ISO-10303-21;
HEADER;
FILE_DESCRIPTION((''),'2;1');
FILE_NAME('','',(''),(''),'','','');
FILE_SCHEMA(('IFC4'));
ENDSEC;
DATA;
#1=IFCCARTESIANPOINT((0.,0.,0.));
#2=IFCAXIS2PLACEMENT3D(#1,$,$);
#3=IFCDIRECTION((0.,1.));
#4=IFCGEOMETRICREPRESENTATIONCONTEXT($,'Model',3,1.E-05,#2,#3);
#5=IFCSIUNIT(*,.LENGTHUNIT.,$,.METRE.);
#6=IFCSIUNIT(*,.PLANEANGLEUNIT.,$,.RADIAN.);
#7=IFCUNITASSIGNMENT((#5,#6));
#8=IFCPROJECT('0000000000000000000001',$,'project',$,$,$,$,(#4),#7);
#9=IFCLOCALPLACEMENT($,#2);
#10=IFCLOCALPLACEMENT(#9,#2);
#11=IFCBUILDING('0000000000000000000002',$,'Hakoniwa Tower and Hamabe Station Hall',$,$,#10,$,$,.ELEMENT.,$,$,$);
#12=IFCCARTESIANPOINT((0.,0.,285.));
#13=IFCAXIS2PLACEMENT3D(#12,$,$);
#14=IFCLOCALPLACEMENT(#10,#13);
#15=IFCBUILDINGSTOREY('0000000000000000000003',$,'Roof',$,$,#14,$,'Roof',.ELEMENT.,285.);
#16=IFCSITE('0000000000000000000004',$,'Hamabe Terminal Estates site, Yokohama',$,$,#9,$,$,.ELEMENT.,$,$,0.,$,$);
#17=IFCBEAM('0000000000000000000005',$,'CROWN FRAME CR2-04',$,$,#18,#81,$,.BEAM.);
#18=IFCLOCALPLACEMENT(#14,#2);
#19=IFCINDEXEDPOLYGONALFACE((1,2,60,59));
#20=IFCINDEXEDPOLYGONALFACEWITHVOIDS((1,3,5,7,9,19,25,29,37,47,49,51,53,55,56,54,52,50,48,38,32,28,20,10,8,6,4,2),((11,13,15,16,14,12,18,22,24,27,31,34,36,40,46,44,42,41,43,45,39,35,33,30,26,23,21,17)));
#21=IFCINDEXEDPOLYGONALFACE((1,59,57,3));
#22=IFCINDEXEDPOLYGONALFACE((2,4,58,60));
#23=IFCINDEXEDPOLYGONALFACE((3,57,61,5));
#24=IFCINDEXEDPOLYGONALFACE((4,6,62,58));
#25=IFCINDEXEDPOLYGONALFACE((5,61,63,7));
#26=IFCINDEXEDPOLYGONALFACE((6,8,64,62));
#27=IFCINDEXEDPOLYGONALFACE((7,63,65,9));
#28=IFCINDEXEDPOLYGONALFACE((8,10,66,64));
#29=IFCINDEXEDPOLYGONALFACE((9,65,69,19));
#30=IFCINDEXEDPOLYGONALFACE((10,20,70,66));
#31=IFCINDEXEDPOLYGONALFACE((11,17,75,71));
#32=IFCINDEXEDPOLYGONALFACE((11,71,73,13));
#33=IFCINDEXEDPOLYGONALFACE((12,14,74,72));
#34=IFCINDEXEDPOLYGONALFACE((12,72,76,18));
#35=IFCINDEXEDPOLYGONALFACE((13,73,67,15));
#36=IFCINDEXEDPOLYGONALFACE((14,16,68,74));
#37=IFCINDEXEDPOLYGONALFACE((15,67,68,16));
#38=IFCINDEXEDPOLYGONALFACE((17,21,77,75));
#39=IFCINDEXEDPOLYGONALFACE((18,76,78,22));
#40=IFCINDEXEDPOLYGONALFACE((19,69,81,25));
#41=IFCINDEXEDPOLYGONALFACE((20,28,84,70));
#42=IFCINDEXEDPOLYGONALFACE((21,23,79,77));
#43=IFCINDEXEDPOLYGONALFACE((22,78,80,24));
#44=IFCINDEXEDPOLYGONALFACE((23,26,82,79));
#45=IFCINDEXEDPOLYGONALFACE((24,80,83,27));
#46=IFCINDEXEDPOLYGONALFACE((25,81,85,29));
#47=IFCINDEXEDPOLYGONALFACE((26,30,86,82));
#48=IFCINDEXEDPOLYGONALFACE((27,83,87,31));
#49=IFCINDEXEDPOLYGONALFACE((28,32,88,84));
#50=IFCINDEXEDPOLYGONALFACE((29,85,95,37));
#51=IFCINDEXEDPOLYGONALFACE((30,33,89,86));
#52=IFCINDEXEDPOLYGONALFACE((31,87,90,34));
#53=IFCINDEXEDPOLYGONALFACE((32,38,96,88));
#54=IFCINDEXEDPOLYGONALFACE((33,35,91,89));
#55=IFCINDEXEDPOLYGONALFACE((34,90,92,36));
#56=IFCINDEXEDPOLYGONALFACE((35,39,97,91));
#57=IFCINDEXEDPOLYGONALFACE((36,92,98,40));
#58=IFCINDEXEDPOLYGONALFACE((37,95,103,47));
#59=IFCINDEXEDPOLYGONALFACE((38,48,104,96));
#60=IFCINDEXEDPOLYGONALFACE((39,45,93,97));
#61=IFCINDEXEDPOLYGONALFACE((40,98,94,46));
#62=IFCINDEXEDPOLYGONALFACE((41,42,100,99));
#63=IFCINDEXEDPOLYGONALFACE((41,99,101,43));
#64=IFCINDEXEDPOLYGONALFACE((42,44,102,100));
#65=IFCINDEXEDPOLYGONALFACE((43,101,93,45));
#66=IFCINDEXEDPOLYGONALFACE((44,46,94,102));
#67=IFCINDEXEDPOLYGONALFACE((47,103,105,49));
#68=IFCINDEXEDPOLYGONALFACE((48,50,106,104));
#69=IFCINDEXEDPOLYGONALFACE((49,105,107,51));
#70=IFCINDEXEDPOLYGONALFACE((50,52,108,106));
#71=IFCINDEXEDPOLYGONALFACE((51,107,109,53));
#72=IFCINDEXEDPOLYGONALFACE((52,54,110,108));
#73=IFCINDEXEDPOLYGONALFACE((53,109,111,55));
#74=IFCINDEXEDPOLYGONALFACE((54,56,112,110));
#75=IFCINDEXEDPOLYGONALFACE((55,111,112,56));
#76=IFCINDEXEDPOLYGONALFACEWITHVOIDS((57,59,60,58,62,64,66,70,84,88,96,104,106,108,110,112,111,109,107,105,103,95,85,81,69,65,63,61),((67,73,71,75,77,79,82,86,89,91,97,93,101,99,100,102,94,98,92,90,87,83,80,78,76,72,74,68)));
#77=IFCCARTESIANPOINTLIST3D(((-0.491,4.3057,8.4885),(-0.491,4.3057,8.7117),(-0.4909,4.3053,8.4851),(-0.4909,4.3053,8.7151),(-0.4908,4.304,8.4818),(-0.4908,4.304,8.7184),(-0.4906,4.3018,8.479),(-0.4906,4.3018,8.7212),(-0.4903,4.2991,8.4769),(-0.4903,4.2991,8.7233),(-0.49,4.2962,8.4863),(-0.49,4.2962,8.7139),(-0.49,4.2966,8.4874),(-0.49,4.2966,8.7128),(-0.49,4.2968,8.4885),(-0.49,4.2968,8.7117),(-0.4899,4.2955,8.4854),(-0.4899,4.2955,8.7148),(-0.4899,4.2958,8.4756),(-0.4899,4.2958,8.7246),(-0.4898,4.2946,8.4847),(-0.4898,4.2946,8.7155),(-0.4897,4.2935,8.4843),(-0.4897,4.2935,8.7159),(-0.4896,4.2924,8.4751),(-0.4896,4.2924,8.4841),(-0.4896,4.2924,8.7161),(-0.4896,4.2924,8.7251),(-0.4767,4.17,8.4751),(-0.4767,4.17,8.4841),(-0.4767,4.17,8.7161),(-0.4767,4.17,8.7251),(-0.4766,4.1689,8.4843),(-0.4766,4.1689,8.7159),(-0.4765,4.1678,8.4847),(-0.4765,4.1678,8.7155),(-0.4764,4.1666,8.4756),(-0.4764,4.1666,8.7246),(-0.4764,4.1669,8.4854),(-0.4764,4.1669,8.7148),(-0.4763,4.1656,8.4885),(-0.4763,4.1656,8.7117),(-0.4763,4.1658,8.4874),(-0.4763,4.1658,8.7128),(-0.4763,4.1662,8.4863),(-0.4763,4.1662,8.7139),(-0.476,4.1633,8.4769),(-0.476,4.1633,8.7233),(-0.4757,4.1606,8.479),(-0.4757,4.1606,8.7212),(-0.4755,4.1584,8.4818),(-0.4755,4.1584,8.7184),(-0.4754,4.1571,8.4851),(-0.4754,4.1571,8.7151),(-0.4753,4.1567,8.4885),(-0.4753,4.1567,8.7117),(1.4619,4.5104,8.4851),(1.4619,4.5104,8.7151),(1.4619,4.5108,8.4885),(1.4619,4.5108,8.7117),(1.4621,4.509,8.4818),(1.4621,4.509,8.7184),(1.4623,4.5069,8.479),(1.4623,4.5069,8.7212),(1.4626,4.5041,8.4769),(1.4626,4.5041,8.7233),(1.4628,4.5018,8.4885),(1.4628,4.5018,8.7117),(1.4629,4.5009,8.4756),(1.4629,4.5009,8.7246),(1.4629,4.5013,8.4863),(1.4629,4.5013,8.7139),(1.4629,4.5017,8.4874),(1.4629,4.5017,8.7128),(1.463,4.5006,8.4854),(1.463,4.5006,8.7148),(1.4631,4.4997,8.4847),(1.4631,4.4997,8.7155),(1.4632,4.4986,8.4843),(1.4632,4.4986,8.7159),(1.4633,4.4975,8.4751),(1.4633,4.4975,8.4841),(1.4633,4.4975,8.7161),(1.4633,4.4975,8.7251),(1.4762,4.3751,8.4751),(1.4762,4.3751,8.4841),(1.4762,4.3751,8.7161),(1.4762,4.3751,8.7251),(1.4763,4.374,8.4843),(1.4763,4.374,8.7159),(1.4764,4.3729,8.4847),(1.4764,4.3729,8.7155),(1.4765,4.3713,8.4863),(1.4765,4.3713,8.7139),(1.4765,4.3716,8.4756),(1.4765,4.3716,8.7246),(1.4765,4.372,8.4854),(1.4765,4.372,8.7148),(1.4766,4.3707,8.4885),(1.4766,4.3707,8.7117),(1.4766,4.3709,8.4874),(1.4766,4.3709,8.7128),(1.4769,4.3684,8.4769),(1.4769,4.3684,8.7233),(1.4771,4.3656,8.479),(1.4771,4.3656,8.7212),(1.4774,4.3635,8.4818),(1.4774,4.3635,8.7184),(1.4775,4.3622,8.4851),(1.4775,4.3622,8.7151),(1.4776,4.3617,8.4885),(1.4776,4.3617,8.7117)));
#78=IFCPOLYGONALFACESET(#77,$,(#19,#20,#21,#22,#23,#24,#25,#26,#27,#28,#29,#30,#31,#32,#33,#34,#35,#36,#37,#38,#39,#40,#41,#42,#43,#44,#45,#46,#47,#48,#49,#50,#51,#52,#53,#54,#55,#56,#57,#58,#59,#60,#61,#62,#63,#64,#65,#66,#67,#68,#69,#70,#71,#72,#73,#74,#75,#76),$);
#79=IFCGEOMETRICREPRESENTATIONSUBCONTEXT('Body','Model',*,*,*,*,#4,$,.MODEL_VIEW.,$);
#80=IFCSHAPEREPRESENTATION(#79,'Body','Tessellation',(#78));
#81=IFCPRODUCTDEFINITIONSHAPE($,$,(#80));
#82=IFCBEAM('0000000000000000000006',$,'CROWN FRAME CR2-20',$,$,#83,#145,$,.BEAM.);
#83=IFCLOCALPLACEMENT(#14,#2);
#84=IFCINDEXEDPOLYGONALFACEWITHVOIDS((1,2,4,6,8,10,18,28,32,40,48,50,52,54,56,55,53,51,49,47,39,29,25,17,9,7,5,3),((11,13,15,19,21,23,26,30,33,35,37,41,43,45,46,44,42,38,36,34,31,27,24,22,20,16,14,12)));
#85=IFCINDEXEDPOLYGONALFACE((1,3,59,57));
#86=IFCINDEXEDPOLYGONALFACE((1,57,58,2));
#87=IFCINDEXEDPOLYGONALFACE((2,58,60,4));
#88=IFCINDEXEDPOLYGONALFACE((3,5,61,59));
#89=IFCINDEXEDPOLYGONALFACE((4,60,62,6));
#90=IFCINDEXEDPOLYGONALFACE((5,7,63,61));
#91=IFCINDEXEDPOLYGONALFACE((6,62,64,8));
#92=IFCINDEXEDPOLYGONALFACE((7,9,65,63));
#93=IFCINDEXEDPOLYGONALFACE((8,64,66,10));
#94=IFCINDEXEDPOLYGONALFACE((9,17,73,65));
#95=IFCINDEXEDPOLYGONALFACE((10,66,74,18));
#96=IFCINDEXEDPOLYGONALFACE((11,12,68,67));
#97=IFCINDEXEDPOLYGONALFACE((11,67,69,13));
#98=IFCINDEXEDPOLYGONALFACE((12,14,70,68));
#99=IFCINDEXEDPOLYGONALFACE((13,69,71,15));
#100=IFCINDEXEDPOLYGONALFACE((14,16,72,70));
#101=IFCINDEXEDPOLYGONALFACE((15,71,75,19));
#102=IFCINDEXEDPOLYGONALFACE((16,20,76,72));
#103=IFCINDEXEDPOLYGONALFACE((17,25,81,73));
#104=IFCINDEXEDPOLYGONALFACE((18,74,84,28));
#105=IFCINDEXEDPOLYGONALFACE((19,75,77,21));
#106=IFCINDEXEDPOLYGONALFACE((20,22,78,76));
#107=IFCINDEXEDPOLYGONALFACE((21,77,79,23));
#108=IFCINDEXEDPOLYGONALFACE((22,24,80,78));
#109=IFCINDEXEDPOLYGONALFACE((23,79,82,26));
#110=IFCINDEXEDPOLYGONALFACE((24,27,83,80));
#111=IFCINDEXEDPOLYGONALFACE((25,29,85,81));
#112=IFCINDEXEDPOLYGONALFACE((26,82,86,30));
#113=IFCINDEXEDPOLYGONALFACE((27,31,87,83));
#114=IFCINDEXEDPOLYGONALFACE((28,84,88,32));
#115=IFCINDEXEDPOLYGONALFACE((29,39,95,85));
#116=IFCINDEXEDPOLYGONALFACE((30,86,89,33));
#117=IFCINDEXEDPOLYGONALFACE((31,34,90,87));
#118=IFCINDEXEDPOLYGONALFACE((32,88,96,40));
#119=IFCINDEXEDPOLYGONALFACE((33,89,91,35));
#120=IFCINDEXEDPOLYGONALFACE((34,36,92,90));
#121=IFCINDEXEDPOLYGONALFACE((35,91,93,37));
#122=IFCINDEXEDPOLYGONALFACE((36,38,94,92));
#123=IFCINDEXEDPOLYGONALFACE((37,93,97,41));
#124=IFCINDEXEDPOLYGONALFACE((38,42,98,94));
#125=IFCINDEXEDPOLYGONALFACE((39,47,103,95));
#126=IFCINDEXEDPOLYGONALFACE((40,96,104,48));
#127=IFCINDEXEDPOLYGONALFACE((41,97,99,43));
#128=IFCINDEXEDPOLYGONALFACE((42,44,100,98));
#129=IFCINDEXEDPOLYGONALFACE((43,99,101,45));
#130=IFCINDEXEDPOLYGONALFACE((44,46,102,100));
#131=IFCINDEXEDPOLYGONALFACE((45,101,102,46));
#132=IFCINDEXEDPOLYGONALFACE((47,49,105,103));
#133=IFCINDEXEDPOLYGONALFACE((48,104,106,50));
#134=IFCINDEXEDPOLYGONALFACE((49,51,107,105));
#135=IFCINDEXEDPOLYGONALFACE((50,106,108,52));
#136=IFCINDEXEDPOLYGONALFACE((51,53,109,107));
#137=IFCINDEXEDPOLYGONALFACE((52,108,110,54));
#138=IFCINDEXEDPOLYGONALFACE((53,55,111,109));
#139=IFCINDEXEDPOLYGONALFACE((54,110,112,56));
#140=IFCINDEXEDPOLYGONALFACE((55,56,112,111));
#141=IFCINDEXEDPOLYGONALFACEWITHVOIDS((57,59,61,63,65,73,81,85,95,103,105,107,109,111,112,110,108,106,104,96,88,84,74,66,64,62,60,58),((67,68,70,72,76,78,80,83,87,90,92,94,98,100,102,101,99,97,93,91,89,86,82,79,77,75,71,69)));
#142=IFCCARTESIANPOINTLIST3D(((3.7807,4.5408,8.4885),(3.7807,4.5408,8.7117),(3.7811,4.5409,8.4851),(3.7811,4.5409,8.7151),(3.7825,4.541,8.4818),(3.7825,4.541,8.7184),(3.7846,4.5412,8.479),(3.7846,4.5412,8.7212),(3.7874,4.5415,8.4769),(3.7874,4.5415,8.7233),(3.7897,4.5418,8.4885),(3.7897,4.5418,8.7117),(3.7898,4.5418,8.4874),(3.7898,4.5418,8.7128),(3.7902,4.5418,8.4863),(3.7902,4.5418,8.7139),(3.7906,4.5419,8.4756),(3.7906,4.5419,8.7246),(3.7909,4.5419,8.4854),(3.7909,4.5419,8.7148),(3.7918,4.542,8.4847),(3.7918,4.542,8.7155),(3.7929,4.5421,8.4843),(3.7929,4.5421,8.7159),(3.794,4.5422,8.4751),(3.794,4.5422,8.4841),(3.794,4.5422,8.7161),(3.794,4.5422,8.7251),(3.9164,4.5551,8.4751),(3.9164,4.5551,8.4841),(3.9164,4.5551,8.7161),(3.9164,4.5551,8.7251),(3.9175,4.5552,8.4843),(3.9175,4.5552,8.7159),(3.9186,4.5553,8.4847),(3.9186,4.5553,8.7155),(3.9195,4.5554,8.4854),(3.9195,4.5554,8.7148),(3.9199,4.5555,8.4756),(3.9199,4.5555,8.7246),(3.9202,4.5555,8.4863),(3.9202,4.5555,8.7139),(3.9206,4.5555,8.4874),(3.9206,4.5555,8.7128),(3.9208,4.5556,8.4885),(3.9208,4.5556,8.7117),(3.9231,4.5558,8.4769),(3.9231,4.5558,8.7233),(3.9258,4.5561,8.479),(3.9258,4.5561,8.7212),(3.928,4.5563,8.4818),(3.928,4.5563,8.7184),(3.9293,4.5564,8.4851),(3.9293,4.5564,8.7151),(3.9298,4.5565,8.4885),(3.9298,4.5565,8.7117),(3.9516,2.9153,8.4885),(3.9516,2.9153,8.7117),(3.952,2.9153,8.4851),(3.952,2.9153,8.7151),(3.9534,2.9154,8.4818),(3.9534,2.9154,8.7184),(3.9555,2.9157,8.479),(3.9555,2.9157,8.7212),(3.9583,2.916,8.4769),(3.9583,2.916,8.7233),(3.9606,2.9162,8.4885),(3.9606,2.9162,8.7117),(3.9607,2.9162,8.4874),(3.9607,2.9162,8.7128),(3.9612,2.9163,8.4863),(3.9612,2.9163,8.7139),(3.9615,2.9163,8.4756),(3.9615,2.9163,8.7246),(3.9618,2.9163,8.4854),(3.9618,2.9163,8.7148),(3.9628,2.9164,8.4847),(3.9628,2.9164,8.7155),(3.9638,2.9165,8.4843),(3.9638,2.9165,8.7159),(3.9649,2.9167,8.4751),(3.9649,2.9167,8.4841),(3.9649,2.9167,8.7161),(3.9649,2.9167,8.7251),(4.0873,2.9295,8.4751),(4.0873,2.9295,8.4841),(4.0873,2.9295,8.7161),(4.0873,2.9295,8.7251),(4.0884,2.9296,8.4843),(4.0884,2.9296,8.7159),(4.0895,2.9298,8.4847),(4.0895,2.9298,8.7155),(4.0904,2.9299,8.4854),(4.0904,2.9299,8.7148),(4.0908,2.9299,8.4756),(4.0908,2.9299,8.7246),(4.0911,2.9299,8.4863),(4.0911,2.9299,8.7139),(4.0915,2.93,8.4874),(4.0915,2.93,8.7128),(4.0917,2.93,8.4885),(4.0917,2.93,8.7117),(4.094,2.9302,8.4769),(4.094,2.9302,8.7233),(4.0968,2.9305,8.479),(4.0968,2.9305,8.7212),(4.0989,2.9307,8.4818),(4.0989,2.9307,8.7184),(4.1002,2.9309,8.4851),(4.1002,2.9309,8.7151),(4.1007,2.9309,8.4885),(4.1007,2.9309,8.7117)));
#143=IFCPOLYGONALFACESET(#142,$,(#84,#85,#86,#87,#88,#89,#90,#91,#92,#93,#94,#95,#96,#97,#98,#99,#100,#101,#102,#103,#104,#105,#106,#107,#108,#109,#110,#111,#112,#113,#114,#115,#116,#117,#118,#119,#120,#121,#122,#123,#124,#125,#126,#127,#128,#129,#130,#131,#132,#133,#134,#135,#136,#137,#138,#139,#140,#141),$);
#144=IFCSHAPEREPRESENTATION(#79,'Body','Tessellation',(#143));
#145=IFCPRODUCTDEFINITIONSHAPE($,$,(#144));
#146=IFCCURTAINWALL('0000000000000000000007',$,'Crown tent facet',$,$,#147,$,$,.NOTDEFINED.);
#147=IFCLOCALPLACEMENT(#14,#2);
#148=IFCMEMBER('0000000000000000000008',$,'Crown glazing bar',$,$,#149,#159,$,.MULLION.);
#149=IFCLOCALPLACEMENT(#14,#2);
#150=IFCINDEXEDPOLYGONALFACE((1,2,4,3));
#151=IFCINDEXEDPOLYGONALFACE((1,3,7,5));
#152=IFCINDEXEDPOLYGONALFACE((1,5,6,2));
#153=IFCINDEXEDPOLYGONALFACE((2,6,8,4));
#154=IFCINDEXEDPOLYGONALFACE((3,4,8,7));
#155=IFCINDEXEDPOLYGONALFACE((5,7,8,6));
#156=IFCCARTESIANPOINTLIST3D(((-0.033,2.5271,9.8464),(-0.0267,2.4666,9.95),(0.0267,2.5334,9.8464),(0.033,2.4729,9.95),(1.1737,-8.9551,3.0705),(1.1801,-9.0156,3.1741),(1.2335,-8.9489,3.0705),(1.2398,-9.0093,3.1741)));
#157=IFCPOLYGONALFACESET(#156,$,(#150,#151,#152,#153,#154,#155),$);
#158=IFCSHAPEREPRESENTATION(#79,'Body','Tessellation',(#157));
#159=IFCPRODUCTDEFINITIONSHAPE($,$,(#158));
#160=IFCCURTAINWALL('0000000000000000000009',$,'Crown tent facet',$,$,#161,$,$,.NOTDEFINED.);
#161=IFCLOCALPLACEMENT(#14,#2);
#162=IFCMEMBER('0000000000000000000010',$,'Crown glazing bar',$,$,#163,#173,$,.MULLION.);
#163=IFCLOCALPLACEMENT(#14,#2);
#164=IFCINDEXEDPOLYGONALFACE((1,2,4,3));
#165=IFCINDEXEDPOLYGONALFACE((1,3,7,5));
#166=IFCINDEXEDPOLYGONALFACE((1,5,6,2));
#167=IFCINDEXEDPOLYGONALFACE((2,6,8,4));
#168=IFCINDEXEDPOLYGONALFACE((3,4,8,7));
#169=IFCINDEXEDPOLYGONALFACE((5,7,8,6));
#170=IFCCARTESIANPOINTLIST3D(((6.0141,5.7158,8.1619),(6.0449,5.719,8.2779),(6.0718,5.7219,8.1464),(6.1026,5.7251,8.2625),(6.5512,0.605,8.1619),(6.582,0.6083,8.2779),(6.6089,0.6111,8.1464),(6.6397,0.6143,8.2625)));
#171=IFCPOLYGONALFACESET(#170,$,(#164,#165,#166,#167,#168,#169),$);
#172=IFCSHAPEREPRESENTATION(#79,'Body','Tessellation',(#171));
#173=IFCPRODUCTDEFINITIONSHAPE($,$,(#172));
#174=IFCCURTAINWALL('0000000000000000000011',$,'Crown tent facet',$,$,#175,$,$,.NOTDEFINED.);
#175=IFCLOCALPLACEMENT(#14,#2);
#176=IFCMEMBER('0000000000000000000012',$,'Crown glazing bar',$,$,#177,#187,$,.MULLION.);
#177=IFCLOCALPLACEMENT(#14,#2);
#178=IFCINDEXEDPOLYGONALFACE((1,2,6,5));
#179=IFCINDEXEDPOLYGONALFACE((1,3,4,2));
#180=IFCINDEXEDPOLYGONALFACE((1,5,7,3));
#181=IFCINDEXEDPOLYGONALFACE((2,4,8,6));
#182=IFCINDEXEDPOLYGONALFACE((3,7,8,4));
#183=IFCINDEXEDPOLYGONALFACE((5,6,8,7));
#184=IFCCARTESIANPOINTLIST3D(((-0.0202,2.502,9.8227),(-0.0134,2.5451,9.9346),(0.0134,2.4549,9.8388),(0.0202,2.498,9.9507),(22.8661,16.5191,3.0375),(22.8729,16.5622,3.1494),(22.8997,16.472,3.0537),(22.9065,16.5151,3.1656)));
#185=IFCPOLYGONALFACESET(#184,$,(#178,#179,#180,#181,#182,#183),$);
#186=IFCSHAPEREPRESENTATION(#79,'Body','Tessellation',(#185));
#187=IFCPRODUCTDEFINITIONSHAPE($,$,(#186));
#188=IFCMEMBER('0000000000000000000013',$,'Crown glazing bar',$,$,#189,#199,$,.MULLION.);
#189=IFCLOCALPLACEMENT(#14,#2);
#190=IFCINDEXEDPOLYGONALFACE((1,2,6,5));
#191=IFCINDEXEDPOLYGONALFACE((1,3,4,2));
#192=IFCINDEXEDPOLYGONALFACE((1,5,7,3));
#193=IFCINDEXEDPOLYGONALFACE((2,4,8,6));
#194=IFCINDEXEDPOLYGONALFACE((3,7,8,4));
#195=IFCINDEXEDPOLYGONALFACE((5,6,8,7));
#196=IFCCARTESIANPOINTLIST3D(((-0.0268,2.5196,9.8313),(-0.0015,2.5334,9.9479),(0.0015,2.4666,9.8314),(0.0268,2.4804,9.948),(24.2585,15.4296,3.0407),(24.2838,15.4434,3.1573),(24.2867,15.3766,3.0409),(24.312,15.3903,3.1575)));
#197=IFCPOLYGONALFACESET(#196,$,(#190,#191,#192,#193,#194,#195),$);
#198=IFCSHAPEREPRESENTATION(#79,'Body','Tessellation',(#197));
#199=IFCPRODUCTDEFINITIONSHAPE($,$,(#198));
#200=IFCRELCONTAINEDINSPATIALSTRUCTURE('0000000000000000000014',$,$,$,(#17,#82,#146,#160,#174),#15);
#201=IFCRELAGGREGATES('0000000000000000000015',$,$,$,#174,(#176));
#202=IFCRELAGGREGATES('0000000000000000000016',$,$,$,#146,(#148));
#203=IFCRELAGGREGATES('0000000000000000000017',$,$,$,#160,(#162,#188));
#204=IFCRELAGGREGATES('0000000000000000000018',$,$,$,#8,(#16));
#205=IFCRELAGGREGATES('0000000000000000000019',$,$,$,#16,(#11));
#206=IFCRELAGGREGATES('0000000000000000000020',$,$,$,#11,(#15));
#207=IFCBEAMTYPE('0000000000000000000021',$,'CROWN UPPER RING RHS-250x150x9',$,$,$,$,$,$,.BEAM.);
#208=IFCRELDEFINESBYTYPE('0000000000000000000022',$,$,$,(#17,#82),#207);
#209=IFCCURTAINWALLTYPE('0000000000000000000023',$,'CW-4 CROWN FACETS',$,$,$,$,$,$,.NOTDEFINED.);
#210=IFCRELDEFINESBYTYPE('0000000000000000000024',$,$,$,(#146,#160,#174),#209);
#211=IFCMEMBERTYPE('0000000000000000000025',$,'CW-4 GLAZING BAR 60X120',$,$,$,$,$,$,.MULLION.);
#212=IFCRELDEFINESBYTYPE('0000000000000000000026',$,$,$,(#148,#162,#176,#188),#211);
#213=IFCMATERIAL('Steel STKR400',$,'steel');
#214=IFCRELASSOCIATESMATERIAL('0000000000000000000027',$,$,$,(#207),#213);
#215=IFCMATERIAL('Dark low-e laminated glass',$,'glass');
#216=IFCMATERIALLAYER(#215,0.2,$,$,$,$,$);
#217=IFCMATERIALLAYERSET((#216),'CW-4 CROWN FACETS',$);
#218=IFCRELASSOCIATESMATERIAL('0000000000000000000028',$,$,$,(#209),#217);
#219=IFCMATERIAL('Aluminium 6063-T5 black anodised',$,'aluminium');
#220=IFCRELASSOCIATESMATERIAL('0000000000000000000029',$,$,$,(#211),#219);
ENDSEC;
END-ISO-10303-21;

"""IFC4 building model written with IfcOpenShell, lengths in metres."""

from ifc_helpers import new_model, si_unit, direction, frame, origin, origin_2d, place, context, subcontext, project, spatial, rectangle, hollow_rectangle, extrude, material, layer, layer_set, material_profile, profile_set, type_object, element, aggregate, save


model = new_model("IFC4")

# Units and contexts
model_context = context("Model", 3, precision=1e-05, world=origin(), true_north=direction((0.0, 1.0)))
body_context = subcontext(model_context, "Body", "Model", "MODEL_VIEW")
ifc_project = project(units=[si_unit("LENGTHUNIT", "METRE"), si_unit("PLANEANGLEUNIT", "RADIAN")], contexts=[model_context])

# Site, building, storey
site_placement = place(None, origin())
site = spatial("IfcSite", under=ifc_project, at=site_placement, Name="Hamabe Terminal Estates site, Yokohama", CompositionType="ELEMENT", RefElevation=0.0)
building_placement = place(site_placement, origin())
building = spatial("IfcBuilding", under=site, at=building_placement, Name="Hakoniwa Tower and Hamabe Station Hall", CompositionType="ELEMENT")
storey_placement = place(building_placement, frame((0.0, 0.0, 285.0)))
storey = spatial("IfcBuildingStorey", under=building, at=storey_placement, Name="Roof", LongName="Roof", CompositionType="ELEMENT", Elevation=285.0)

# Beams
ifc_material_1 = material(Name="Steel STKR400", Category="steel")
ifc_material_profile_1 = material_profile(ifc_material_1, hollow_rectangle(XDim=0.1499, YDim=0.25, WallThickness=0.009, InnerFilletRadius=0.0044, OuterFilletRadius=0.0134, at=origin_2d()), Name="RHS-250x150x9")
ifc_profile_set_1 = profile_set([ifc_material_profile_1], Name="Steel STKR400")
beam_type = type_object("IfcBeamType", Name="CROWN UPPER RING RHS-250x150x9", PredefinedType="BEAM", material=ifc_profile_set_1)
beam_1_placement = place(storey_placement, frame((1.4697, 4.4363, 8.6001), z_axis=(-0.994531, -0.104439, 0.0), x_axis=(0.104439, -0.994531, 0.0)))
element("IfcBeam", 1, at=beam_1_placement, inside=storey, type_object=beam_type, Name="CROWN FRAME CR2-04", PredefinedType="BEAM", context=body_context, shape_type="SweptSolid", body=[
    extrude(hollow_rectangle(XDim=0.1499, YDim=0.25, WallThickness=0.009, InnerFilletRadius=0.0044, OuterFilletRadius=0.0134, at=origin_2d()), origin(), (0.0, 0.0, 1.0), 1.9636),
])
beam_2_placement = place(storey_placement, frame((4.0261, 2.9231, 8.6001), z_axis=(-0.10456, 0.994519, 0.0), x_axis=(-0.994519, -0.10456, 0.0)))
element("IfcBeam", 2, at=beam_2_placement, inside=storey, type_object=beam_type, Name="CROWN FRAME CR2-20", PredefinedType="BEAM", context=body_context, shape_type="SweptSolid", body=[
    extrude(hollow_rectangle(XDim=0.1499, YDim=0.25, WallThickness=0.009, InnerFilletRadius=0.0044, OuterFilletRadius=0.0134, at=origin_2d()), origin(), (0.0, 0.0, 1.0), 1.6345),
])

# Curtain walls, members
ifc_material_2 = material(Name="Dark low-e laminated glass", Category="glass")
ifc_layer_1 = layer(ifc_material_2, 0.2)
ifc_layer_set_1 = layer_set([ifc_layer_1], Name="CW-4 CROWN FACETS")
curtain_wall_type = type_object("IfcCurtainWallType", Name="CW-4 CROWN FACETS", PredefinedType="NOTDEFINED", material=ifc_layer_set_1)
curtain_wall_1_placement = place(storey_placement, origin())
curtain_wall_1 = element("IfcCurtainWall", 3, at=curtain_wall_1_placement, inside=storey, type_object=curtain_wall_type, Name="Crown tent facet", PredefinedType="NOTDEFINED")
ifc_material_3 = material(Name="Aluminium 6063-T5 black anodised", Category="aluminium")
ifc_material_profile_2 = material_profile(ifc_material_3, rectangle(XDim=0.0601, YDim=0.1201, at=origin_2d()), Name="CW-4 GLAZING BAR 60X120")
ifc_profile_set_2 = profile_set([ifc_material_profile_2], Name="Aluminium 6063-T5 black anodised")
member_type_1 = type_object("IfcMemberType", Name="CW-4 GLAZING BAR 60X120", PredefinedType="MULLION", material=ifc_profile_set_2)
member_1_placement = place(storey_placement, frame((0.0, 2.5, 9.8982), z_axis=(0.090147, -0.857717, -0.506157), x_axis=(0.994522, 0.104525, 0.000001)))
member_1 = element("IfcMember", 4, at=member_1_placement, type_object=member_type_1, Name="Crown glazing bar", PredefinedType="MULLION", context=body_context, shape_type="SweptSolid", body=[
    extrude(rectangle(XDim=0.0601, YDim=0.1201, at=origin_2d()), origin(), (0.0, 0.0, 1.0), 13.387),
])
curtain_wall_2_placement = place(storey_placement, origin())
curtain_wall_2 = element("IfcCurtainWall", 5, at=curtain_wall_2_placement, inside=storey, type_object=curtain_wall_type, Name="Crown tent facet", PredefinedType="NOTDEFINED")
member_2_placement = place(storey_placement, frame((6.0583, 5.7205, 8.2122), z_axis=(0.104517, -0.994523, 0.0), x_axis=(0.96101, 0.100995, -0.257408)))
member_2 = element("IfcMember", 6, at=member_2_placement, type_object=member_type_1, Name="Crown glazing bar", PredefinedType="MULLION", context=body_context, shape_type="SweptSolid", body=[
    extrude(rectangle(XDim=0.0601, YDim=0.1201, at=origin_2d()), origin(), (0.0, 0.0, 1.0), 5.1389),
])
curtain_wall_3_placement = place(storey_placement, origin())
curtain_wall_3 = element("IfcCurtainWall", 7, at=curtain_wall_3_placement, inside=storey, type_object=curtain_wall_type, Name="Crown tent facet", PredefinedType="NOTDEFINED")
member_3_placement = place(storey_placement, frame((0.0, 2.5, 9.8867), z_axis=(0.826753, 0.50636, -0.24511), x_axis=(-0.559746, 0.78399, -0.26841)))
member_3 = element("IfcMember", 8, at=member_3_placement, type_object=member_type_1, Name="Crown glazing bar", PredefinedType="MULLION", context=body_context, shape_type="SweptSolid", body=[
    extrude(rectangle(XDim=0.0601, YDim=0.1201, at=origin_2d()), origin(), (0.0, 0.0, 1.0), 27.6821),
])
aggregate(curtain_wall_3, [member_3])

# Member
member_4_placement = place(storey_placement, frame((0.0, 2.5, 9.8896), z_axis=(0.857247, 0.45571, -0.2397), x_axis=(-0.469911, 0.88271, -0.00238)))
member_4 = element("IfcMember", 9, at=member_4_placement, type_object=member_type_1, Name="Crown glazing bar", PredefinedType="MULLION", context=body_context, shape_type="SweptSolid", body=[
    extrude(rectangle(XDim=0.0601, YDim=0.1201, at=origin_2d()), origin(), (0.0, 0.0, 1.0), 28.3293),
])
aggregate(curtain_wall_1, [member_1])
aggregate(curtain_wall_2, [member_2, member_4])

save(model, "model.ifc")
